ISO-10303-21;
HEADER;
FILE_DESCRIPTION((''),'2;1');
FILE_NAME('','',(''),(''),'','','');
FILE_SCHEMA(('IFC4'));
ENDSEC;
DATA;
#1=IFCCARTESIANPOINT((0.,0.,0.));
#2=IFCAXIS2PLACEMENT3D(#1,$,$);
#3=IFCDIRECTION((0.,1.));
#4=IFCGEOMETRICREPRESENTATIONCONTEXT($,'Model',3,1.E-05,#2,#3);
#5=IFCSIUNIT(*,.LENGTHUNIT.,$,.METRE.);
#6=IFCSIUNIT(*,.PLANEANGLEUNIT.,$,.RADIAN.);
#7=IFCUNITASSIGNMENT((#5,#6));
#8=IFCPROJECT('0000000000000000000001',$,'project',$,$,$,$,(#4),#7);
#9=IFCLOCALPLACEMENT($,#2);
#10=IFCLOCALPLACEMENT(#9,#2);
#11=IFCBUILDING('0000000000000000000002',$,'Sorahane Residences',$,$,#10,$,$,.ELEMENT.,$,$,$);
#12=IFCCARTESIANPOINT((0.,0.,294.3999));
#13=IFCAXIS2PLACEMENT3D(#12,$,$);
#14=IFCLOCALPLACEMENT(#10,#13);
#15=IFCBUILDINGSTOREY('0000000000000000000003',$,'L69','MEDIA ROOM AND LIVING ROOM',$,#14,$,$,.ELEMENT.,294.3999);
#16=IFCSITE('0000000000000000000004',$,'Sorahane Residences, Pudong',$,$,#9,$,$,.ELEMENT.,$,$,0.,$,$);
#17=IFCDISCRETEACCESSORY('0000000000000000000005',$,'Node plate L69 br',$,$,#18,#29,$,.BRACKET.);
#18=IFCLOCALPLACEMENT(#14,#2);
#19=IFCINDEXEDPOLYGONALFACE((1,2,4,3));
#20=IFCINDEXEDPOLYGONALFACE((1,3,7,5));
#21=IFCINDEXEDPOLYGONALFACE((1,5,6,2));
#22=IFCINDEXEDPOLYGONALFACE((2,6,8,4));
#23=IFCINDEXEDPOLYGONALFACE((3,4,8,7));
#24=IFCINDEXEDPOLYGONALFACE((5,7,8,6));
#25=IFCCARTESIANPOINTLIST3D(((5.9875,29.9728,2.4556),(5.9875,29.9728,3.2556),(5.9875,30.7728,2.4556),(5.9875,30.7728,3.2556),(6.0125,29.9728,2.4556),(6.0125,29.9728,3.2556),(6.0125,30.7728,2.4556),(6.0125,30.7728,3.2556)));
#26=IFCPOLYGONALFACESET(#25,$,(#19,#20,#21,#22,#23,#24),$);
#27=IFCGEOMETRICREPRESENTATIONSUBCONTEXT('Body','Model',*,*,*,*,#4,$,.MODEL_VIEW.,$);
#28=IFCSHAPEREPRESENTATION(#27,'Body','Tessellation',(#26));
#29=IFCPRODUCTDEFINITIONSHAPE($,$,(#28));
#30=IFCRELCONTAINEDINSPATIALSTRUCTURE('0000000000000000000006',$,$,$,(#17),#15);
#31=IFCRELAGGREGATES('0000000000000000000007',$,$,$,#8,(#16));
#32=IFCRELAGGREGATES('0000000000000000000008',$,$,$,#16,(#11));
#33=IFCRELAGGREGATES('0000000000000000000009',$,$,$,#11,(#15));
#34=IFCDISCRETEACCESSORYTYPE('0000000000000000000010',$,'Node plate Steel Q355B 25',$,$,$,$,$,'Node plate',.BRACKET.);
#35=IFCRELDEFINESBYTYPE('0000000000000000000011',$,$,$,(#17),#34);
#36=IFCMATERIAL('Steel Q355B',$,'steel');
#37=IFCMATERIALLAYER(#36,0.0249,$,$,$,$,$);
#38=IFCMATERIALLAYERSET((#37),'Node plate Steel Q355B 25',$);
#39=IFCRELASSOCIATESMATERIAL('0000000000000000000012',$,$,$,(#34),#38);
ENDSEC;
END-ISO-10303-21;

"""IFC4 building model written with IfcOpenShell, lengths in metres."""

from ifc_helpers import new_model, si_unit, direction, frame, origin, origin_2d, place, context, subcontext, project, spatial, rectangle, extrude, material, layer, layer_set, type_object, element, save


model = new_model("IFC4")

# Units and contexts
model_context = context("Model", 3, precision=1e-05, world=origin(), true_north=direction((0.0, 1.0)))
body_context = subcontext(model_context, "Body", "Model", "MODEL_VIEW")
ifc_project = project(units=[si_unit("LENGTHUNIT", "METRE"), si_unit("PLANEANGLEUNIT", "RADIAN")], contexts=[model_context])

# Site, building, storey
site_placement = place(None, origin())
site = spatial("IfcSite", under=ifc_project, at=site_placement, Name="Sorahane Residences, Pudong", CompositionType="ELEMENT", RefElevation=0.0)
building_placement = place(site_placement, origin())
building = spatial("IfcBuilding", under=site, at=building_placement, Name="Sorahane Residences", CompositionType="ELEMENT")
storey_placement = place(building_placement, frame((0.0, 0.0, 294.3999)))
storey = spatial("IfcBuildingStorey", under=building, at=storey_placement, Name="L69", Description="MEDIA ROOM AND LIVING ROOM", CompositionType="ELEMENT", Elevation=294.3999)

# Discrete accessory
ifc_material_1 = material(Name="Steel Q355B", Category="steel")
ifc_layer_1 = layer(ifc_material_1, 0.0249)
ifc_layer_set_1 = layer_set([ifc_layer_1], Name="Node plate Steel Q355B 25")
discrete_accessory_type = type_object("IfcDiscreteAccessoryType", Name="Node plate Steel Q355B 25", ElementType="Node plate", PredefinedType="BRACKET", material=ifc_layer_set_1)
for number, where, z_axis, x_axis, name in (
    (1, (6.0, 30.3728, 2.4556), (0.0, 0.0, 1.0), (0.0, 1.0, 0.0), "Node plate L69 br"),
):
    element("IfcDiscreteAccessory", number, at=place(storey_placement, frame(where, z_axis=z_axis, x_axis=x_axis)), inside=storey, type_object=discrete_accessory_type, Name=name, PredefinedType="BRACKET", context=body_context, shape_type="SweptSolid", body=[
        extrude(rectangle(XDim=0.8, YDim=0.0249, at=origin_2d()), origin(), (0.0, 0.0, 1.0), 0.8),
    ])

save(model, "model.ifc")
